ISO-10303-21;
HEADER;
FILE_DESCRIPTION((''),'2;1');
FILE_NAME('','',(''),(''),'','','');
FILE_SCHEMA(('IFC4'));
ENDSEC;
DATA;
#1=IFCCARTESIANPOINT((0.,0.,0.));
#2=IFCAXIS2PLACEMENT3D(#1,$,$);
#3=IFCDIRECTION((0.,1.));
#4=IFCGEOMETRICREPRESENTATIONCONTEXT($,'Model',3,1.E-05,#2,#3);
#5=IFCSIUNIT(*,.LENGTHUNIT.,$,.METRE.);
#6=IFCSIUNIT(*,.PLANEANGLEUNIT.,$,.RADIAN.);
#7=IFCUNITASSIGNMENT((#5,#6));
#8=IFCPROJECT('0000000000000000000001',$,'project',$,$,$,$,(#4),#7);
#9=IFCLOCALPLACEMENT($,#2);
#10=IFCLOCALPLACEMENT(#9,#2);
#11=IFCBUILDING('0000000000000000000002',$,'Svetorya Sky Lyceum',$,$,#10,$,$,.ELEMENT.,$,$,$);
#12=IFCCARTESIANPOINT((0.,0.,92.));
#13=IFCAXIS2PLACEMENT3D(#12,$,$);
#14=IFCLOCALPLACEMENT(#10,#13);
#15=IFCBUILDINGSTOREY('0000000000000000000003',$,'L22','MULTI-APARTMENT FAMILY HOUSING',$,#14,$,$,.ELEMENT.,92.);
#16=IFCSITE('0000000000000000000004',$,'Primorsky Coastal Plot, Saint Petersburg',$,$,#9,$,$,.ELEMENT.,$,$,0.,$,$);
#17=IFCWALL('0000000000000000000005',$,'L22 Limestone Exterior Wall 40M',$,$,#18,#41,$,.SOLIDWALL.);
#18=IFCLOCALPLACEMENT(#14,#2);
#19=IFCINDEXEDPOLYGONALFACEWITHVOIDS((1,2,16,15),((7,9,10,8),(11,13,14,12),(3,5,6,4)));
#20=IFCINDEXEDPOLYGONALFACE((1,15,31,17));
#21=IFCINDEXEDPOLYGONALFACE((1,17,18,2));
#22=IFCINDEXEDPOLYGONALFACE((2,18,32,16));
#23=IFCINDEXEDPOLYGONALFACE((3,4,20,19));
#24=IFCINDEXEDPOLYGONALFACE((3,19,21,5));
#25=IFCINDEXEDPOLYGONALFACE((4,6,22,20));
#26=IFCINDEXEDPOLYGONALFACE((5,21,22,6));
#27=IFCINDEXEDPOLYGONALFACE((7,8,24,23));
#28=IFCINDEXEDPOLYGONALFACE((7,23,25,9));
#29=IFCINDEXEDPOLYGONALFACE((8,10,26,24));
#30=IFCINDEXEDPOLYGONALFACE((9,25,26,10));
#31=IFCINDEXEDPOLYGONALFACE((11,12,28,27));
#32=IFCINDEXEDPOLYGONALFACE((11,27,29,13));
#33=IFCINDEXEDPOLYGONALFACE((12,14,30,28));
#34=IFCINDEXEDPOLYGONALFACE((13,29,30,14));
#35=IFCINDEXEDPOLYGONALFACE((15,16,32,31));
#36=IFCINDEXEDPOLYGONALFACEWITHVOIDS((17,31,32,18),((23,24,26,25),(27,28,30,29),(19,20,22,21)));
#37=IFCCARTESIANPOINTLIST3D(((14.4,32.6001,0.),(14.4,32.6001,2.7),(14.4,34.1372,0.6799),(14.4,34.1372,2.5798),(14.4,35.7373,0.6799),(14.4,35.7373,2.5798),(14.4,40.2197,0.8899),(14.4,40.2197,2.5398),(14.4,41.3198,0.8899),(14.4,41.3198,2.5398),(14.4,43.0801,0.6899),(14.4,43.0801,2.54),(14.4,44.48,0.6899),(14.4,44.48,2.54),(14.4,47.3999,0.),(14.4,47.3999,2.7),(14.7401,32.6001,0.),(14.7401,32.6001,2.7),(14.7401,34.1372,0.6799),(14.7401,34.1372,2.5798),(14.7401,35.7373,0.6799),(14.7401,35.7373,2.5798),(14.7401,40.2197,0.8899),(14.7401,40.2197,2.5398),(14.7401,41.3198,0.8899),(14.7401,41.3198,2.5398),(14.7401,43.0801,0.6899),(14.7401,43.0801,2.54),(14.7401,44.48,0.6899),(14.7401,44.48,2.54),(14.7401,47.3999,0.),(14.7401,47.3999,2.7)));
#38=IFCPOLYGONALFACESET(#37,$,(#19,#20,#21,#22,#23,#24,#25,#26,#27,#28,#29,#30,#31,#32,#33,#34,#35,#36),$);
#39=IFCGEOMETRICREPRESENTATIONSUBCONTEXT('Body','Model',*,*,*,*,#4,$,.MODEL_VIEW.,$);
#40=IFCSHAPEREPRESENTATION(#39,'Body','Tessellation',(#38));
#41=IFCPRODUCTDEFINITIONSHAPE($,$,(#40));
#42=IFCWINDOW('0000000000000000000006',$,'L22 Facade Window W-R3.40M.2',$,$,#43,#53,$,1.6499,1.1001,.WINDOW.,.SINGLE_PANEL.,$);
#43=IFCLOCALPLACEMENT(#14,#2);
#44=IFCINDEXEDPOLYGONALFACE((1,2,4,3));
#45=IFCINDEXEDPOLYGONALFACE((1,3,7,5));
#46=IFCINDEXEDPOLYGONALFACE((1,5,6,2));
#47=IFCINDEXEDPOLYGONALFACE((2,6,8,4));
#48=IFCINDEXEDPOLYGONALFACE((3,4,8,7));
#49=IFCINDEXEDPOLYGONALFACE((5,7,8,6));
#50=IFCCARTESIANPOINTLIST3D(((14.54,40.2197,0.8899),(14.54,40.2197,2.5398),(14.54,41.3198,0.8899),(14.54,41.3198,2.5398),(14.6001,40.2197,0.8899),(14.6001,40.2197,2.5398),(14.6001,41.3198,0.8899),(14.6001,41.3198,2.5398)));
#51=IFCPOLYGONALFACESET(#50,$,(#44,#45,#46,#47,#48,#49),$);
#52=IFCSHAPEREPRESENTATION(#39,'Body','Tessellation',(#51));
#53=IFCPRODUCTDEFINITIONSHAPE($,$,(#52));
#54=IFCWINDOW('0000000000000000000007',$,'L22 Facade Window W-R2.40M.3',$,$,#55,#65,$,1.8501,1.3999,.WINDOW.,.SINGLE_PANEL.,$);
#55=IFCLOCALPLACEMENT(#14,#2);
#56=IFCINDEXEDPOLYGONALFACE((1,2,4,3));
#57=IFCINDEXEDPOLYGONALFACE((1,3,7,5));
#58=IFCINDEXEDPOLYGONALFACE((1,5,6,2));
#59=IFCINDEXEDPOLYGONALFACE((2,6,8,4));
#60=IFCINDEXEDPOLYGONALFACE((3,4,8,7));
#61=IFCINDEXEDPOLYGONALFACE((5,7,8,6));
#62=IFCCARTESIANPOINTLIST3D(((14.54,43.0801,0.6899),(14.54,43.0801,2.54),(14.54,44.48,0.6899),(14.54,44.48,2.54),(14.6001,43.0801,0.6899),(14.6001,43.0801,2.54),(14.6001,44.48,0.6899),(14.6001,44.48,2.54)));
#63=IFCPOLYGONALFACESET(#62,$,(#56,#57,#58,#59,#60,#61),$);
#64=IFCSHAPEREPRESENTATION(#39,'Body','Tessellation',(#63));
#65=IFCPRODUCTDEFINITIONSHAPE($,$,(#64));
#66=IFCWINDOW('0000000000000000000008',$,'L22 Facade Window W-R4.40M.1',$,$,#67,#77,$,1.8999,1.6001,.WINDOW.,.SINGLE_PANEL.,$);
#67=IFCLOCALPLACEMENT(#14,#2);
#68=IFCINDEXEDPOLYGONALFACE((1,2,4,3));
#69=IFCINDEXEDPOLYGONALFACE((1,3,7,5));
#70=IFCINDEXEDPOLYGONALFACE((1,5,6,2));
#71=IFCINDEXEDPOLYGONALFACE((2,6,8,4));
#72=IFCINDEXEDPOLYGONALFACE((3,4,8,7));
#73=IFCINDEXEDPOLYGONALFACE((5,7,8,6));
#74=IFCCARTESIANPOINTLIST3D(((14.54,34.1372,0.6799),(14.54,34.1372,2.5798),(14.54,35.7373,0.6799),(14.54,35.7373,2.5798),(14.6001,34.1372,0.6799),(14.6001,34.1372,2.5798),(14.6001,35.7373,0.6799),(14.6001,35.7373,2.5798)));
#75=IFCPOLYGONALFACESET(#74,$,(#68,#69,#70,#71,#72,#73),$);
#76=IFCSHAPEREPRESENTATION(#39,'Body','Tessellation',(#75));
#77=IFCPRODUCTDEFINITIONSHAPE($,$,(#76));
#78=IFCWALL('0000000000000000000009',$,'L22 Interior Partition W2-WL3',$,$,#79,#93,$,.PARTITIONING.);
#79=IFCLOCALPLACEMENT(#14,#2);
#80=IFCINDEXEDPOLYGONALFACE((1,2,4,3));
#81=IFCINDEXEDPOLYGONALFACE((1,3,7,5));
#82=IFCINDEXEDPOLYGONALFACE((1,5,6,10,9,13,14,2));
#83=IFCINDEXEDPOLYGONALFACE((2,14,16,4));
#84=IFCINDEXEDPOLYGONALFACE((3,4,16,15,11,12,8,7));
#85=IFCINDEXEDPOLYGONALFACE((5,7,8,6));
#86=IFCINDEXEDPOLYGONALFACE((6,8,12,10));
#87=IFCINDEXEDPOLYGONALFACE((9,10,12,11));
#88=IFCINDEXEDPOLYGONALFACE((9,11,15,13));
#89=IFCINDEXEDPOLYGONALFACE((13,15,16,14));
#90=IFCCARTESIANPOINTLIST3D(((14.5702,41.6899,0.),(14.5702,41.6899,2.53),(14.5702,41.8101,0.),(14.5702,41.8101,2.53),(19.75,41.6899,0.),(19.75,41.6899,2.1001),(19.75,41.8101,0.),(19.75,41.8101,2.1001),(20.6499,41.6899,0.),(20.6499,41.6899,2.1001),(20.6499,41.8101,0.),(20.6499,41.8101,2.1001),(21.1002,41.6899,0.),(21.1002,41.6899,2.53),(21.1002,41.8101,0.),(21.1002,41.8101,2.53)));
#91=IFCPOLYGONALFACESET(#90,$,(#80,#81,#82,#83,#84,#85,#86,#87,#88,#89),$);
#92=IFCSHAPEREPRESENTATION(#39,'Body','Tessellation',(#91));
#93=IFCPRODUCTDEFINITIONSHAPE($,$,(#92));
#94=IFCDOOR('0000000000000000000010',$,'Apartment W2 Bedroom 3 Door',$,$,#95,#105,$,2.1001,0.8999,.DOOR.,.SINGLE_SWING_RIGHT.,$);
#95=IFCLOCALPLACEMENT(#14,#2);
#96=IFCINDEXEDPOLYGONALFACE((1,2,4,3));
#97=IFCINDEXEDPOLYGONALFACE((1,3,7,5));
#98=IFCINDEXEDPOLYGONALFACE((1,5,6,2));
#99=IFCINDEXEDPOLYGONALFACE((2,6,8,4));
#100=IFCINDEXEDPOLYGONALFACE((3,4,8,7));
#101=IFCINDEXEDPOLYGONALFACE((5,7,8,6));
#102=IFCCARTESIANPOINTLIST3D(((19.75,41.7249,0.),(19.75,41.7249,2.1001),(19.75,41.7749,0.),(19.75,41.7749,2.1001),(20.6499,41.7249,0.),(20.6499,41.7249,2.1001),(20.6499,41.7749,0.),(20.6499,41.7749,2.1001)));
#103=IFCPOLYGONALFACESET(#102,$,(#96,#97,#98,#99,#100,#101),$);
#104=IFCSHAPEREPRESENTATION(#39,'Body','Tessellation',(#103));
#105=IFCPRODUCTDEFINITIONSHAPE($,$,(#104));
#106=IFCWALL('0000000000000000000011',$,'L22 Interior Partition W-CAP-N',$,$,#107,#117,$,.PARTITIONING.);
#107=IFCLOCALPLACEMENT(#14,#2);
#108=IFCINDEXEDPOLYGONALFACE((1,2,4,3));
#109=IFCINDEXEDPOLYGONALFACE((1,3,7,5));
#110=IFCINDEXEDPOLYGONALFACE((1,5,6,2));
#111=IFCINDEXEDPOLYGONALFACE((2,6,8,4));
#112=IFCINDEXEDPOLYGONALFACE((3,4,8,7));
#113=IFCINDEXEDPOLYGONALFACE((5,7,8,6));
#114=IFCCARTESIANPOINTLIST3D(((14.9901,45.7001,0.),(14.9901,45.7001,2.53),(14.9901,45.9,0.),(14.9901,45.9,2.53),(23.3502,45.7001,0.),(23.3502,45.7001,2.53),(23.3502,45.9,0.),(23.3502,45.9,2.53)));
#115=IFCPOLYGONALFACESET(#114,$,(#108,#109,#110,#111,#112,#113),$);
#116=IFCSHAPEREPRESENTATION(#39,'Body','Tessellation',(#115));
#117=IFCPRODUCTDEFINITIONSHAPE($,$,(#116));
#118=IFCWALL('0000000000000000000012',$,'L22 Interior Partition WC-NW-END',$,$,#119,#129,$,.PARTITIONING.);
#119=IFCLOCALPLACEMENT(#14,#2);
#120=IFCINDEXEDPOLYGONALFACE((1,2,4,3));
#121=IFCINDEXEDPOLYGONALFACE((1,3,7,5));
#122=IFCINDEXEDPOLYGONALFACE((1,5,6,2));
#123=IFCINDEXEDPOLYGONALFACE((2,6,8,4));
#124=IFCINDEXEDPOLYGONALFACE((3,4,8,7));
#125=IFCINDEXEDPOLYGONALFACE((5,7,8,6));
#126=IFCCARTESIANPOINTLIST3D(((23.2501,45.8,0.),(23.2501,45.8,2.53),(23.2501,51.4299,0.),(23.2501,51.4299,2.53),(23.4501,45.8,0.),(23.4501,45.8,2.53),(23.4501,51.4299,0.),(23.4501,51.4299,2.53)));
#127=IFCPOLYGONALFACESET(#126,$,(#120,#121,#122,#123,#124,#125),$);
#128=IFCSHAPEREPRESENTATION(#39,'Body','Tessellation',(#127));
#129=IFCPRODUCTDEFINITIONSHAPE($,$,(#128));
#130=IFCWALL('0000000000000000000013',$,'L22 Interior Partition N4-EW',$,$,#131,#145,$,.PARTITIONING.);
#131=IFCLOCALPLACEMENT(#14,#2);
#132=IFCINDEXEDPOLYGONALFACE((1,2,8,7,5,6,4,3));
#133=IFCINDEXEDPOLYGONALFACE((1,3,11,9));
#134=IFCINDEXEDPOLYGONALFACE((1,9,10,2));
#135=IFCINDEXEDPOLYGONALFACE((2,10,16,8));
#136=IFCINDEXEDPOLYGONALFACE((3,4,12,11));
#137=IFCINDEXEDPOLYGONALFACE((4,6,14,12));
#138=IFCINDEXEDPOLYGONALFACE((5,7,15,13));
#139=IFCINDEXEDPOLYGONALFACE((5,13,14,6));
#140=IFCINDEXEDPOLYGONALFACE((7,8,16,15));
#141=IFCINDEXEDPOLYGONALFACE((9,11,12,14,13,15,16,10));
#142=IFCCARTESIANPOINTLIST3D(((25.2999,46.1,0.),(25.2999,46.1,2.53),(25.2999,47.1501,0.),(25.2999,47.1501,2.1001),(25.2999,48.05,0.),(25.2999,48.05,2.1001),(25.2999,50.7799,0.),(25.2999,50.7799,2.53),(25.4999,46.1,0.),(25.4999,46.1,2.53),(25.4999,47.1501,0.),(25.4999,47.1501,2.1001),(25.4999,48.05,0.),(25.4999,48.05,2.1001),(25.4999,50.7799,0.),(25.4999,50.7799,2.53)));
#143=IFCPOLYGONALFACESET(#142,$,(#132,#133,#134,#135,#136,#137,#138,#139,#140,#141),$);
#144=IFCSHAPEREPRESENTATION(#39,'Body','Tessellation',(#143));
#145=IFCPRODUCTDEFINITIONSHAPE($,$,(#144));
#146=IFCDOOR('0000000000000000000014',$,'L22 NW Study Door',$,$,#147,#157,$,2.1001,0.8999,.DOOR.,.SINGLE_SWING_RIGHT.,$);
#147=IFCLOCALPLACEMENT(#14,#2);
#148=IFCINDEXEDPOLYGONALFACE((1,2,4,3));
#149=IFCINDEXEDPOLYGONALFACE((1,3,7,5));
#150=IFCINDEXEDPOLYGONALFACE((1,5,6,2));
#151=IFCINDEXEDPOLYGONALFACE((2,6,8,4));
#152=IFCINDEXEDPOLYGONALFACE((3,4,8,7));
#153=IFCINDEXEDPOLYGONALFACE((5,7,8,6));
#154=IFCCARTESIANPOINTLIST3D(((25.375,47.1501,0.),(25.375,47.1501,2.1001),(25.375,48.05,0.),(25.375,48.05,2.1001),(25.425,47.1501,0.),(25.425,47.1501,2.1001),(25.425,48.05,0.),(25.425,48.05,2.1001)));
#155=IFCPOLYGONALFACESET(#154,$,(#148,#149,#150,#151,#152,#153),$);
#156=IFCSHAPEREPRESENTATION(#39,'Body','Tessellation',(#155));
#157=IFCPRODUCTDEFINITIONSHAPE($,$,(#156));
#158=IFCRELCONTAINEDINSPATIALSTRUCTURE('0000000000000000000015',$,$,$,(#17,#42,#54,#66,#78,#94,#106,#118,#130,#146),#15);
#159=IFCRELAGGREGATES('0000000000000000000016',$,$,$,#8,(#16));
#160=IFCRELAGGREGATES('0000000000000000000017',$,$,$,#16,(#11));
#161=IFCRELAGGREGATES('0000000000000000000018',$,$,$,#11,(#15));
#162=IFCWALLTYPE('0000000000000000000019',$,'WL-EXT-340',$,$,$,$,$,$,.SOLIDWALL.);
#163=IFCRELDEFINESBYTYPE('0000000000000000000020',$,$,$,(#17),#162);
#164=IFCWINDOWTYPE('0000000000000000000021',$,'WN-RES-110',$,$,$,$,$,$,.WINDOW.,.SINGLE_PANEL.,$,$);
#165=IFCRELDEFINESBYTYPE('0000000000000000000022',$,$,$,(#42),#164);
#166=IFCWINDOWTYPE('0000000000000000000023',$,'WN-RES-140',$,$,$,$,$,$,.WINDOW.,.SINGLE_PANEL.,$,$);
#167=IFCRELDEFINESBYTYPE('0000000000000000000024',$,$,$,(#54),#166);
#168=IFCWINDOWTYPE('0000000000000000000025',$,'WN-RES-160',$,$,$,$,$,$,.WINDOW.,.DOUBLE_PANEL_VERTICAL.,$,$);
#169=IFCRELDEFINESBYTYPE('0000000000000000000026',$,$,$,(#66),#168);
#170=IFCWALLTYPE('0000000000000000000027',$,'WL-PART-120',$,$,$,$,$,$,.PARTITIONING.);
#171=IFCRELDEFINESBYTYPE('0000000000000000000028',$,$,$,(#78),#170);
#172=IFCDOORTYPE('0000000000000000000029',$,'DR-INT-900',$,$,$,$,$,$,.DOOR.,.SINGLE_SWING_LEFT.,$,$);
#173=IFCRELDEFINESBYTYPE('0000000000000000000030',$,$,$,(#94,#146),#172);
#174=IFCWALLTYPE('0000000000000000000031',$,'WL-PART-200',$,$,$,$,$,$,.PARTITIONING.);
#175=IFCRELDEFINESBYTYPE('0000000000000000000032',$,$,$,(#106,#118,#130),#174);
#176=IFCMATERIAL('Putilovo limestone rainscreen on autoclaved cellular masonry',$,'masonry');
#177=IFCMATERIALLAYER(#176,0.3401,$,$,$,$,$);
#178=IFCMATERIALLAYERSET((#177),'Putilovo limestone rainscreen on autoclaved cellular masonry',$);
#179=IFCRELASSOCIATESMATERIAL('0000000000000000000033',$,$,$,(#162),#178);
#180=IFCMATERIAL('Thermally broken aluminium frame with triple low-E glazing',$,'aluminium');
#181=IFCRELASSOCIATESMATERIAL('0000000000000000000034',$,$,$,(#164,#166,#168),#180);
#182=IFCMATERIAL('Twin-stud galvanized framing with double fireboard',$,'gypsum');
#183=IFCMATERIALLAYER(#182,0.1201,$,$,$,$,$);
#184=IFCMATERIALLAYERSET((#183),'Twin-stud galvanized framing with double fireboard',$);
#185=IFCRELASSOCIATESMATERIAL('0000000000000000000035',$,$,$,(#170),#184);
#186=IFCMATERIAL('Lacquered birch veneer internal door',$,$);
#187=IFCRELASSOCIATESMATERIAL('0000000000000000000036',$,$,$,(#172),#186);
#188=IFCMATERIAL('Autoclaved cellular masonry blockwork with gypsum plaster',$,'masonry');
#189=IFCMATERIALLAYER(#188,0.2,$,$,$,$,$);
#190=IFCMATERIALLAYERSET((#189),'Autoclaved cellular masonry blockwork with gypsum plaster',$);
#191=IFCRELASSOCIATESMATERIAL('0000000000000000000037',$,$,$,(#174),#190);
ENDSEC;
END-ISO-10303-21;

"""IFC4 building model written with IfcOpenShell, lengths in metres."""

from ifc_helpers import new_model, si_unit, direction, frame, frame_2d, origin, place, context, subcontext, project, spatial, rectangle, extrude, material, layer, layer_set, type_object, element, fill, save


model = new_model("IFC4")

# Units and contexts
model_context = context("Model", 3, precision=1e-05, world=origin(), true_north=direction((0.0, 1.0)))
body_context = subcontext(model_context, "Body", "Model", "MODEL_VIEW")
ifc_project = project(units=[si_unit("LENGTHUNIT", "METRE"), si_unit("PLANEANGLEUNIT", "RADIAN")], contexts=[model_context])

# Site, building, storey
site_placement = place(None, origin())
site = spatial("IfcSite", under=ifc_project, at=site_placement, Name="Primorsky Coastal Plot, Saint Petersburg", CompositionType="ELEMENT", RefElevation=0.0)
building_placement = place(site_placement, origin())
building = spatial("IfcBuilding", under=site, at=building_placement, Name="Svetorya Sky Lyceum", CompositionType="ELEMENT")
storey_placement = place(building_placement, frame((0.0, 0.0, 92.0)))
storey = spatial("IfcBuildingStorey", under=building, at=storey_placement, Name="L22", Description="MULTI-APARTMENT FAMILY HOUSING", CompositionType="ELEMENT", Elevation=92.0)

# Shared definitions
ifc_material_1 = material(Name="Putilovo limestone rainscreen on autoclaved cellular masonry", Category="masonry")
ifc_layer_1 = layer(ifc_material_1, 0.3401)
ifc_layer_set_1 = layer_set([ifc_layer_1], Name="Putilovo limestone rainscreen on autoclaved cellular masonry")
wall_type_1 = type_object("IfcWallType", Name="WL-EXT-340", PredefinedType="SOLIDWALL", material=ifc_layer_set_1)

# Wall, openings, windows
wall_1_placement = place(storey_placement, frame((14.5701, 47.3999, 0.0), z_axis=(0.0, 0.0, 1.0), x_axis=(0.0, -1.0, 0.0)))
wall_1 = element("IfcWall", 1, at=wall_1_placement, inside=storey, type_object=wall_type_1, Name="L22 Limestone Exterior Wall 40M", PredefinedType="SOLIDWALL", context=body_context, shape_type="SweptSolid", body=[
    extrude(rectangle(XDim=14.7998, YDim=0.3401, at=frame_2d((7.3999, 0.0))), origin(), (0.0, 0.0, 1.0), 2.7),
])
opening_1_placement = place(wall_1_placement, frame((2.9199, 0.0, 0.6899)))
opening_1 = element("IfcOpeningElement", 2, at=opening_1_placement, cuts=wall_1, PredefinedType="OPENING", context=body_context, shape_type="SweptSolid", body=[
    extrude(rectangle(XDim=1.3999, YDim=1.8501, at=frame_2d((0.7, 0.925))), frame((0.0, 0.1799, 0.0), z_axis=(0.0, -1.0, 0.0), x_axis=(1.0, 0.0, 0.0)), (0.0, 0.0, 1.0), 0.3601),
])
opening_2_placement = place(wall_1_placement, frame((6.0801, 0.0, 0.8899)))
opening_2 = element("IfcOpeningElement", 3, at=opening_2_placement, cuts=wall_1, PredefinedType="OPENING", context=body_context, shape_type="SweptSolid", body=[
    extrude(rectangle(XDim=1.1001, YDim=1.6499, at=frame_2d((0.55, 0.825))), frame((0.0, 0.1799, 0.0), z_axis=(0.0, -1.0, 0.0), x_axis=(1.0, 0.0, 0.0)), (0.0, 0.0, 1.0), 0.3601),
])
opening_3_placement = place(wall_1_placement, frame((11.6626, 0.0, 0.6799)))
opening_3 = element("IfcOpeningElement", 4, at=opening_3_placement, cuts=wall_1, PredefinedType="OPENING", context=body_context, shape_type="SweptSolid", body=[
    extrude(rectangle(XDim=1.6001, YDim=1.8999, at=frame_2d((0.8, 0.95))), frame((0.0, 0.1799, 0.0), z_axis=(0.0, -1.0, 0.0), x_axis=(1.0, 0.0, 0.0)), (0.0, 0.0, 1.0), 0.3601),
])
ifc_material_2 = material(Name="Thermally broken aluminium frame with triple low-E glazing", Category="aluminium")
window_type_1 = type_object("IfcWindowType", Name="WN-RES-110", PartitioningType="SINGLE_PANEL", PredefinedType="WINDOW", material=ifc_material_2)
window_1_placement = place(opening_2_placement, origin())
window_1 = element("IfcWindow", 5, at=window_1_placement, inside=storey, type_object=window_type_1, Name="L22 Facade Window W-R3.40M.2", OverallHeight=1.6499, OverallWidth=1.1001, PartitioningType="SINGLE_PANEL", PredefinedType="WINDOW", context=body_context, shape_type="SweptSolid", body=[
    extrude(rectangle(XDim=1.1001, YDim=1.6499, at=frame_2d((0.55, 0.825))), frame((0.0, 0.03, 0.0), z_axis=(0.0, -1.0, 0.0), x_axis=(1.0, 0.0, 0.0)), (0.0, 0.0, 1.0), 0.0601),
])
fill(opening_2, window_1)
window_type_2 = type_object("IfcWindowType", Name="WN-RES-140", PartitioningType="SINGLE_PANEL", PredefinedType="WINDOW", material=ifc_material_2)
window_2_placement = place(opening_1_placement, origin())
window_2 = element("IfcWindow", 6, at=window_2_placement, inside=storey, type_object=window_type_2, Name="L22 Facade Window W-R2.40M.3", OverallHeight=1.8501, OverallWidth=1.3999, PartitioningType="SINGLE_PANEL", PredefinedType="WINDOW", context=body_context, shape_type="SweptSolid", body=[
    extrude(rectangle(XDim=1.3999, YDim=1.8501, at=frame_2d((0.7, 0.925))), frame((0.0, 0.03, 0.0), z_axis=(0.0, -1.0, 0.0), x_axis=(1.0, 0.0, 0.0)), (0.0, 0.0, 1.0), 0.0601),
])
fill(opening_1, window_2)
window_type_3 = type_object("IfcWindowType", Name="WN-RES-160", PartitioningType="DOUBLE_PANEL_VERTICAL", PredefinedType="WINDOW", material=ifc_material_2)
window_3_placement = place(opening_3_placement, origin())
window_3 = element("IfcWindow", 7, at=window_3_placement, inside=storey, type_object=window_type_3, Name="L22 Facade Window W-R4.40M.1", OverallHeight=1.8999, OverallWidth=1.6001, PartitioningType="SINGLE_PANEL", PredefinedType="WINDOW", context=body_context, shape_type="SweptSolid", body=[
    extrude(rectangle(XDim=1.6001, YDim=1.8999, at=frame_2d((0.8, 0.95))), frame((0.0, 0.03, 0.0), z_axis=(0.0, -1.0, 0.0), x_axis=(1.0, 0.0, 0.0)), (0.0, 0.0, 1.0), 0.0601),
])
fill(opening_3, window_3)

# Wall, opening, door
ifc_material_3 = material(Name="Twin-stud galvanized framing with double fireboard", Category="gypsum")
ifc_layer_2 = layer(ifc_material_3, 0.1201)
ifc_layer_set_2 = layer_set([ifc_layer_2], Name="Twin-stud galvanized framing with double fireboard")
wall_type_2 = type_object("IfcWallType", Name="WL-PART-120", PredefinedType="PARTITIONING", material=ifc_layer_set_2)
wall_2_placement = place(storey_placement, frame((14.5701, 41.75, 0.0), z_axis=(0.0, 0.0, 1.0), x_axis=(1.0, 0.0, 0.0)))
wall_2 = element("IfcWall", 8, at=wall_2_placement, inside=storey, type_object=wall_type_2, Name="L22 Interior Partition W2-WL3", PredefinedType="PARTITIONING", context=body_context, shape_type="SweptSolid", body=[
    extrude(rectangle(XDim=6.53, YDim=0.1201, at=frame_2d((3.2651, 0.0))), origin(), (0.0, 0.0, 1.0), 2.53),
])
opening_4_placement = place(wall_2_placement, frame((5.1799, 0.0, 0.0)))
opening_4 = element("IfcOpeningElement", 9, at=opening_4_placement, cuts=wall_2, PredefinedType="OPENING", context=body_context, shape_type="SweptSolid", body=[
    extrude(rectangle(XDim=0.8999, YDim=2.1001, at=frame_2d((0.45, 1.05))), frame((0.0, 0.0701, 0.0), z_axis=(0.0, -1.0, 0.0), x_axis=(1.0, 0.0, 0.0)), (0.0, 0.0, 1.0), 0.1401),
])
ifc_material_4 = material(Name="Lacquered birch veneer internal door")
door_type = type_object("IfcDoorType", Name="DR-INT-900", OperationType="SINGLE_SWING_LEFT", PredefinedType="DOOR", material=ifc_material_4)
door_1_placement = place(opening_4_placement, origin())
door_1 = element("IfcDoor", 10, at=door_1_placement, inside=storey, type_object=door_type, Name="Apartment W2 Bedroom 3 Door", OperationType="SINGLE_SWING_RIGHT", OverallHeight=2.1001, OverallWidth=0.8999, PredefinedType="DOOR", context=body_context, shape_type="SweptSolid", body=[
    extrude(rectangle(XDim=0.8999, YDim=2.1001, at=frame_2d((0.45, 1.05))), frame((0.0, 0.0249, 0.0), z_axis=(0.0, -1.0, 0.0), x_axis=(1.0, 0.0, 0.0)), (0.0, 0.0, 1.0), 0.05),
])
fill(opening_4, door_1)

# Walls
ifc_material_5 = material(Name="Autoclaved cellular masonry blockwork with gypsum plaster", Category="masonry")
ifc_layer_3 = layer(ifc_material_5, 0.2)
ifc_layer_set_3 = layer_set([ifc_layer_3], Name="Autoclaved cellular masonry blockwork with gypsum plaster")
wall_type_3 = type_object("IfcWallType", Name="WL-PART-200", PredefinedType="PARTITIONING", material=ifc_layer_set_3)
wall_3_placement = place(storey_placement, frame((14.99, 45.8, 0.0), z_axis=(0.0, 0.0, 1.0), x_axis=(1.0, 0.0, 0.0)))
element("IfcWall", 11, at=wall_3_placement, inside=storey, type_object=wall_type_3, Name="L22 Interior Partition W-CAP-N", PredefinedType="PARTITIONING", context=body_context, shape_type="SweptSolid", body=[
    extrude(rectangle(XDim=8.3601, YDim=0.2, at=frame_2d((4.1802, 0.0))), origin(), (0.0, 0.0, 1.0), 2.53),
])
wall_4_placement = place(storey_placement, frame((23.3501, 45.8, 0.0), z_axis=(0.0, 0.0, 1.0), x_axis=(0.0, 1.0, 0.0)))
element("IfcWall", 12, at=wall_4_placement, inside=storey, type_object=wall_type_3, Name="L22 Interior Partition WC-NW-END", PredefinedType="PARTITIONING", context=body_context, shape_type="SweptSolid", body=[
    extrude(rectangle(XDim=5.6299, YDim=0.2, at=frame_2d((2.8149, 0.0))), origin(), (0.0, 0.0, 1.0), 2.53),
])

# Wall, opening, door
wall_5_placement = place(storey_placement, frame((25.3999, 46.1001, 0.0), z_axis=(0.0, 0.0, 1.0), x_axis=(0.0, 1.0, 0.0)))
wall_5 = element("IfcWall", 13, at=wall_5_placement, inside=storey, type_object=wall_type_3, Name="L22 Interior Partition N4-EW", PredefinedType="PARTITIONING", context=body_context, shape_type="SweptSolid", body=[
    extrude(rectangle(XDim=4.6799, YDim=0.2, at=frame_2d((2.3398, 0.0))), origin(), (0.0, 0.0, 1.0), 2.53),
])
opening_5_placement = place(wall_5_placement, frame((1.05, 0.0, 0.0)))
opening_5 = element("IfcOpeningElement", 14, at=opening_5_placement, cuts=wall_5, PredefinedType="OPENING", context=body_context, shape_type="SweptSolid", body=[
    extrude(rectangle(XDim=0.8999, YDim=2.1001, at=frame_2d((0.45, 1.05))), frame((0.0, 0.1099, 0.0), z_axis=(0.0, -1.0, 0.0), x_axis=(1.0, 0.0, 0.0)), (0.0, 0.0, 1.0), 0.22),
])
door_2_placement = place(opening_5_placement, origin())
door_2 = element("IfcDoor", 15, at=door_2_placement, inside=storey, type_object=door_type, Name="L22 NW Study Door", OperationType="SINGLE_SWING_RIGHT", OverallHeight=2.1001, OverallWidth=0.8999, PredefinedType="DOOR", context=body_context, shape_type="SweptSolid", body=[
    extrude(rectangle(XDim=0.8999, YDim=2.1001, at=frame_2d((0.45, 1.05))), frame((0.0, 0.0249, 0.0), z_axis=(0.0, -1.0, 0.0), x_axis=(1.0, 0.0, 0.0)), (0.0, 0.0, 1.0), 0.05),
])
fill(opening_5, door_2)

save(model, "model.ifc")
